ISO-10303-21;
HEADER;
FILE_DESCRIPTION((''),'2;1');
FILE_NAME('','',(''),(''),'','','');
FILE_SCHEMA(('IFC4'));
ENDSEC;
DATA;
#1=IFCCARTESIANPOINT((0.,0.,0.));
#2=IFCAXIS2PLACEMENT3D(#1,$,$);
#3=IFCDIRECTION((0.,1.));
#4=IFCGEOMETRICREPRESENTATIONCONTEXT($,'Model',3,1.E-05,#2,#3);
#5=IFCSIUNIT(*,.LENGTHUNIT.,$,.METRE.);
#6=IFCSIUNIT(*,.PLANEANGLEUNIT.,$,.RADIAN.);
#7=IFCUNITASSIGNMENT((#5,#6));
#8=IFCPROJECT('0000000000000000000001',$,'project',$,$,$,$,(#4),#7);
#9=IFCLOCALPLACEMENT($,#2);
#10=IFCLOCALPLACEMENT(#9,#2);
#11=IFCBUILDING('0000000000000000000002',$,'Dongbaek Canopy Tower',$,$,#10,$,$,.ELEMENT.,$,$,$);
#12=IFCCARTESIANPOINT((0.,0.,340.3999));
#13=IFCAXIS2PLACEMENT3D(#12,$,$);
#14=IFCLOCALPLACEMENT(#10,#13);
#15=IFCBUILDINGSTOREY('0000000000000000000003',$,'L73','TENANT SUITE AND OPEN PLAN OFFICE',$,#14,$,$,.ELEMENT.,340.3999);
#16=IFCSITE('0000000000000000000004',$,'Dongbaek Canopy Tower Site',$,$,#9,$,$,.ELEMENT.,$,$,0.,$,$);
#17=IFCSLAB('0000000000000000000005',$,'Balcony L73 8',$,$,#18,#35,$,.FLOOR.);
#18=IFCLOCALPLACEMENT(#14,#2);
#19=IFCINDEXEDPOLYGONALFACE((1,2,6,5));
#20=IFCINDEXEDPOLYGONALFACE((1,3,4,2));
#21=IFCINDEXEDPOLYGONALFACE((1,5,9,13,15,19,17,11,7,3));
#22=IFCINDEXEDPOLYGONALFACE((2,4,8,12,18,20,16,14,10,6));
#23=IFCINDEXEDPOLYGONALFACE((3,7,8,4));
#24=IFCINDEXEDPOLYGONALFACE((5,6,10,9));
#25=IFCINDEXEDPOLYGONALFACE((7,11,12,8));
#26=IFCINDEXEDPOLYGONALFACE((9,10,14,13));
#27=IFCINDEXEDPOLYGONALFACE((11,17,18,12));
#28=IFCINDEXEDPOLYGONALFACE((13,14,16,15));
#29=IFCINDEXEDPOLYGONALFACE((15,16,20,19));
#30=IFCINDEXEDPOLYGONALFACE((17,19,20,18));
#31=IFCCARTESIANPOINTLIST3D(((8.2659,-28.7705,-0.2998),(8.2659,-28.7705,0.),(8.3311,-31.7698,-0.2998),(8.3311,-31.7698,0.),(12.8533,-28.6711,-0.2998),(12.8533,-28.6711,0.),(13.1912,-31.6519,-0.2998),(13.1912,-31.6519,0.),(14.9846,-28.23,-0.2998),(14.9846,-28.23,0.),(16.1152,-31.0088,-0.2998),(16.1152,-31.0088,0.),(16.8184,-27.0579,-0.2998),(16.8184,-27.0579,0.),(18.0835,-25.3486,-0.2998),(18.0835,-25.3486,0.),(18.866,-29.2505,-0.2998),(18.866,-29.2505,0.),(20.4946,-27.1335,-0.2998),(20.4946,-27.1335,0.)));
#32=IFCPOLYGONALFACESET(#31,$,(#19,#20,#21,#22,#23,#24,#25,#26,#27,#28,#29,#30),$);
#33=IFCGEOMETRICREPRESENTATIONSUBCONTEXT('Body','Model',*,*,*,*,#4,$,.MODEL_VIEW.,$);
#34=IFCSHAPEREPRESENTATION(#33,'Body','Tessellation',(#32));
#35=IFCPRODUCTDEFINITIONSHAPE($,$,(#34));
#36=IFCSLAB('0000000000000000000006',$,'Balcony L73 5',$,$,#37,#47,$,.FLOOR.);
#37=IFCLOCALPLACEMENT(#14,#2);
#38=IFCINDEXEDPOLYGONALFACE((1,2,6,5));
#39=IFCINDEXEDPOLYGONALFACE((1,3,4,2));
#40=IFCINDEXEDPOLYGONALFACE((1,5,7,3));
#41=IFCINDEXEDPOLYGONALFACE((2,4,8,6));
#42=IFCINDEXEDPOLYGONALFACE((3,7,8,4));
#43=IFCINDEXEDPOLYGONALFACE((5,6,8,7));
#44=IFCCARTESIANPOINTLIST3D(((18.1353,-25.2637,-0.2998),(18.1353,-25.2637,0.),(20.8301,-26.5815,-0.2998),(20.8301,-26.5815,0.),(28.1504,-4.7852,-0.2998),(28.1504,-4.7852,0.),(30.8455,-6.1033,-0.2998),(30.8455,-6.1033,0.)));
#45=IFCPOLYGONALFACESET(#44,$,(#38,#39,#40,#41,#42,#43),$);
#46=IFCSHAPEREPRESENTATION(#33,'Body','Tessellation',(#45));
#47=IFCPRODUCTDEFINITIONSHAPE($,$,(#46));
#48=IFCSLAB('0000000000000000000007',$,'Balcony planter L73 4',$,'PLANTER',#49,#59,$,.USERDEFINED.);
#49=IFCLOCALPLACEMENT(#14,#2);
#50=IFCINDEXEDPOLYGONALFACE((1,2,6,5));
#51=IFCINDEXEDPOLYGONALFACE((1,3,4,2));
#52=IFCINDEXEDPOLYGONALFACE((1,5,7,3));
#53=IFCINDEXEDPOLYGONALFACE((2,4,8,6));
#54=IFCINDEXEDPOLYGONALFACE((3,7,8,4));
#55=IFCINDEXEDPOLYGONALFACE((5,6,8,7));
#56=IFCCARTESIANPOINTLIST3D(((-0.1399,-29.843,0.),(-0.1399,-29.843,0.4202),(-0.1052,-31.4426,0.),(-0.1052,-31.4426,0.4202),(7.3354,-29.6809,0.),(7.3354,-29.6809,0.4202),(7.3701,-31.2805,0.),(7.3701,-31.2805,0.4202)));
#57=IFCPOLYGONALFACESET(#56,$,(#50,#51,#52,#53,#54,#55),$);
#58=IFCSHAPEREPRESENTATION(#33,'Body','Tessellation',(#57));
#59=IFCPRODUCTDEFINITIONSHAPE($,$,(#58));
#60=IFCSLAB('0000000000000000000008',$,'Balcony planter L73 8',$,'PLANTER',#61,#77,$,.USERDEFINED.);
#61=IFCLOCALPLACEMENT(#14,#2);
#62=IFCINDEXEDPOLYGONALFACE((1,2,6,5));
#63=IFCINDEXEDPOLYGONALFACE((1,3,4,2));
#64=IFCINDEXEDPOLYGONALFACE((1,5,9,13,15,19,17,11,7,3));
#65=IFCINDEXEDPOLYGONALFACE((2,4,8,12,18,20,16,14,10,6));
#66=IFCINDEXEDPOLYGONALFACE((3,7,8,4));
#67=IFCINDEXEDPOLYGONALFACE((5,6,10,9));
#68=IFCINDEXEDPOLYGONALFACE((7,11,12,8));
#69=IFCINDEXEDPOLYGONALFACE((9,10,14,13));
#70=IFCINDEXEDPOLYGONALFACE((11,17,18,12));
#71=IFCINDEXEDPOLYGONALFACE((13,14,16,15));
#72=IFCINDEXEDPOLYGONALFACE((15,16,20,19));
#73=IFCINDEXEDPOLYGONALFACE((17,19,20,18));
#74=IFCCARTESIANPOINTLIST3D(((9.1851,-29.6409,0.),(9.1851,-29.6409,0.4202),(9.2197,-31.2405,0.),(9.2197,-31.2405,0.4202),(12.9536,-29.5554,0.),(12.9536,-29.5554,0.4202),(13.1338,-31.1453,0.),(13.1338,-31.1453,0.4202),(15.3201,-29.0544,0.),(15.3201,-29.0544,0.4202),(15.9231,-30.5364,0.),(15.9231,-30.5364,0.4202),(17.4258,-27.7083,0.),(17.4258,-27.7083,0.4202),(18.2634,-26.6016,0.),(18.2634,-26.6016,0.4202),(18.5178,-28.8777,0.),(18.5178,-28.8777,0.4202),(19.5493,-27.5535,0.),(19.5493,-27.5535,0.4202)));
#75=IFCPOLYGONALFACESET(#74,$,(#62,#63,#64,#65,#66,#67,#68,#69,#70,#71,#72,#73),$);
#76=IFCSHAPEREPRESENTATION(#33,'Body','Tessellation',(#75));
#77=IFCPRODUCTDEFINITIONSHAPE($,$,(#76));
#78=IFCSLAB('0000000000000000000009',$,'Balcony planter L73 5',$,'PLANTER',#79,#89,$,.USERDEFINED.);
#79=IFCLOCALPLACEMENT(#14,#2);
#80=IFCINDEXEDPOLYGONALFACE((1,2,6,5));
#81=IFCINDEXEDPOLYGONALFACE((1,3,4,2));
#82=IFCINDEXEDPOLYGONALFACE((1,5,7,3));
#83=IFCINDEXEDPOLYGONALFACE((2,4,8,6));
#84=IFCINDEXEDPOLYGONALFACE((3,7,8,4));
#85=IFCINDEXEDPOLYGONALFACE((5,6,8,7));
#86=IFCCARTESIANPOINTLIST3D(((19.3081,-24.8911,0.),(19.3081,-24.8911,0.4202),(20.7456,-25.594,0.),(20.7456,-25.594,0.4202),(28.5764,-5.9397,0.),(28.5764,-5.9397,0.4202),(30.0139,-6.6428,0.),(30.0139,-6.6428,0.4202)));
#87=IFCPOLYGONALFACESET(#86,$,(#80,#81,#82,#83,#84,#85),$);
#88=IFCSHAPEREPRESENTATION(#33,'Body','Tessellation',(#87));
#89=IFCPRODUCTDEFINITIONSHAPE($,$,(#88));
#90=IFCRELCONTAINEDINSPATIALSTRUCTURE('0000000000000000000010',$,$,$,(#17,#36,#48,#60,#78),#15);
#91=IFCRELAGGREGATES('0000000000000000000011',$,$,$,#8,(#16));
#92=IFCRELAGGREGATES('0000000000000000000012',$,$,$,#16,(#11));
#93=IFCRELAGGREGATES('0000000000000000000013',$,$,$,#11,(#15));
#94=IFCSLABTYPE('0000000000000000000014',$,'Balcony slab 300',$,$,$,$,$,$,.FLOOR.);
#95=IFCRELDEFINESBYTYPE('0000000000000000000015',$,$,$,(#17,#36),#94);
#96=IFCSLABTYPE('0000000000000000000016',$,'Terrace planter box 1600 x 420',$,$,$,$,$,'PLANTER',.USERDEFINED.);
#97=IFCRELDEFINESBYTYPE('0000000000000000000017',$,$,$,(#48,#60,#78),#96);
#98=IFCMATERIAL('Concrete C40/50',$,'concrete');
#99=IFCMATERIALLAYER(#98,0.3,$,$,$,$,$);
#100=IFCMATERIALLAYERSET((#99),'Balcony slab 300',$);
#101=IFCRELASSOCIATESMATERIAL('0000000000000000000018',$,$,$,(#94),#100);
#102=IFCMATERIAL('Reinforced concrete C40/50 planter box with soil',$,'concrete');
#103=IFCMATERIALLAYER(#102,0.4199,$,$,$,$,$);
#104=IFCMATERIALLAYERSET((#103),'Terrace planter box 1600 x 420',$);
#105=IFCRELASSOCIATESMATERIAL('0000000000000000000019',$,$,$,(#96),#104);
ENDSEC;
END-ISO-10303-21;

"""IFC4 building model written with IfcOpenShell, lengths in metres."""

from ifc_helpers import new_model, si_unit, direction, frame, origin, place, context, subcontext, project, spatial, polyline, outline, extrude, material, layer, layer_set, type_object, element, save


model = new_model("IFC4")

# Units and contexts
model_context = context("Model", 3, precision=1e-05, world=origin(), true_north=direction((0.0, 1.0)))
body_context = subcontext(model_context, "Body", "Model", "MODEL_VIEW")
ifc_project = project(units=[si_unit("LENGTHUNIT", "METRE"), si_unit("PLANEANGLEUNIT", "RADIAN")], contexts=[model_context])

# Site, building, storey
site_placement = place(None, origin())
site = spatial("IfcSite", under=ifc_project, at=site_placement, Name="Dongbaek Canopy Tower Site", CompositionType="ELEMENT", RefElevation=0.0)
building_placement = place(site_placement, origin())
building = spatial("IfcBuilding", under=site, at=building_placement, Name="Dongbaek Canopy Tower", CompositionType="ELEMENT")
storey_placement = place(building_placement, frame((0.0, 0.0, 340.3999)))
storey = spatial("IfcBuildingStorey", under=building, at=storey_placement, Name="L73", Description="TENANT SUITE AND OPEN PLAN OFFICE", CompositionType="ELEMENT", Elevation=340.3999)

# Slabs
ifc_material_1 = material(Name="Concrete C40/50", Category="concrete")
ifc_layer_1 = layer(ifc_material_1, 0.3)
ifc_layer_set_1 = layer_set([ifc_layer_1], Name="Balcony slab 300")
slab_type_1 = type_object("IfcSlabType", Name="Balcony slab 300", PredefinedType="FLOOR", material=ifc_layer_set_1)
slab_1_placement = place(storey_placement, frame((0.0, 0.0, -0.2998)))
element("IfcSlab", 1, at=slab_1_placement, inside=storey, type_object=slab_type_1, Name="Balcony L73 8", PredefinedType="FLOOR", context=body_context, shape_type="SweptSolid", body=[
    extrude(outline(polyline([(8.2659, -28.7705), (12.8533, -28.6711), (14.9846, -28.23), (16.8184, -27.0579), (18.0835, -25.3486), (20.4946, -27.1335), (18.866, -29.2505), (16.1152, -31.0088), (13.1912, -31.6519), (8.3311, -31.7698), (8.2659, -28.7705)])), origin(), (0.0, 0.0, 1.0), 0.2998),
])
slab_2_placement = place(storey_placement, frame((0.0, 0.0, -0.2998)))
element("IfcSlab", 2, at=slab_2_placement, inside=storey, type_object=slab_type_1, Name="Balcony L73 5", PredefinedType="FLOOR", context=body_context, shape_type="SweptSolid", body=[
    extrude(outline(polyline([(18.1353, -25.2637), (28.1504, -4.7852), (30.8455, -6.1033), (20.8301, -26.5815), (18.1353, -25.2637)])), origin(), (0.0, 0.0, 1.0), 0.2998),
])
ifc_material_2 = material(Name="Reinforced concrete C40/50 planter box with soil", Category="concrete")
ifc_layer_2 = layer(ifc_material_2, 0.4199)
ifc_layer_set_2 = layer_set([ifc_layer_2], Name="Terrace planter box 1600 x 420")
slab_type_2 = type_object("IfcSlabType", Name="Terrace planter box 1600 x 420", ElementType="PLANTER", PredefinedType="USERDEFINED", material=ifc_layer_set_2)
slab_3_placement = place(storey_placement, origin())
element("IfcSlab", 3, at=slab_3_placement, inside=storey, type_object=slab_type_2, Name="Balcony planter L73 4", ObjectType="PLANTER", PredefinedType="USERDEFINED", context=body_context, shape_type="SweptSolid", body=[
    extrude(outline(polyline([(-0.1399, -29.843), (7.3354, -29.6809), (7.3701, -31.2805), (-0.1052, -31.4426), (-0.1399, -29.843)])), origin(), (0.0, 0.0, 1.0), 0.4202),
])
slab_4_placement = place(storey_placement, origin())
element("IfcSlab", 4, at=slab_4_placement, inside=storey, type_object=slab_type_2, Name="Balcony planter L73 8", ObjectType="PLANTER", PredefinedType="USERDEFINED", context=body_context, shape_type="SweptSolid", body=[
    extrude(outline(polyline([(9.1851, -29.6409), (12.9536, -29.5554), (15.3201, -29.0544), (17.4258, -27.7083), (18.2634, -26.6016), (19.5493, -27.5535), (18.5178, -28.8777), (15.9231, -30.5364), (13.1338, -31.1453), (9.2197, -31.2405), (9.1851, -29.6409)])), origin(), (0.0, 0.0, 1.0), 0.4202),
])
slab_5_placement = place(storey_placement, origin())
element("IfcSlab", 5, at=slab_5_placement, inside=storey, type_object=slab_type_2, Name="Balcony planter L73 5", ObjectType="PLANTER", PredefinedType="USERDEFINED", context=body_context, shape_type="SweptSolid", body=[
    extrude(outline(polyline([(19.3081, -24.8911), (28.5764, -5.9397), (30.0139, -6.6428), (20.7456, -25.594), (19.3081, -24.8911)])), origin(), (0.0, 0.0, 1.0), 0.4202),
])

save(model, "model.ifc")
